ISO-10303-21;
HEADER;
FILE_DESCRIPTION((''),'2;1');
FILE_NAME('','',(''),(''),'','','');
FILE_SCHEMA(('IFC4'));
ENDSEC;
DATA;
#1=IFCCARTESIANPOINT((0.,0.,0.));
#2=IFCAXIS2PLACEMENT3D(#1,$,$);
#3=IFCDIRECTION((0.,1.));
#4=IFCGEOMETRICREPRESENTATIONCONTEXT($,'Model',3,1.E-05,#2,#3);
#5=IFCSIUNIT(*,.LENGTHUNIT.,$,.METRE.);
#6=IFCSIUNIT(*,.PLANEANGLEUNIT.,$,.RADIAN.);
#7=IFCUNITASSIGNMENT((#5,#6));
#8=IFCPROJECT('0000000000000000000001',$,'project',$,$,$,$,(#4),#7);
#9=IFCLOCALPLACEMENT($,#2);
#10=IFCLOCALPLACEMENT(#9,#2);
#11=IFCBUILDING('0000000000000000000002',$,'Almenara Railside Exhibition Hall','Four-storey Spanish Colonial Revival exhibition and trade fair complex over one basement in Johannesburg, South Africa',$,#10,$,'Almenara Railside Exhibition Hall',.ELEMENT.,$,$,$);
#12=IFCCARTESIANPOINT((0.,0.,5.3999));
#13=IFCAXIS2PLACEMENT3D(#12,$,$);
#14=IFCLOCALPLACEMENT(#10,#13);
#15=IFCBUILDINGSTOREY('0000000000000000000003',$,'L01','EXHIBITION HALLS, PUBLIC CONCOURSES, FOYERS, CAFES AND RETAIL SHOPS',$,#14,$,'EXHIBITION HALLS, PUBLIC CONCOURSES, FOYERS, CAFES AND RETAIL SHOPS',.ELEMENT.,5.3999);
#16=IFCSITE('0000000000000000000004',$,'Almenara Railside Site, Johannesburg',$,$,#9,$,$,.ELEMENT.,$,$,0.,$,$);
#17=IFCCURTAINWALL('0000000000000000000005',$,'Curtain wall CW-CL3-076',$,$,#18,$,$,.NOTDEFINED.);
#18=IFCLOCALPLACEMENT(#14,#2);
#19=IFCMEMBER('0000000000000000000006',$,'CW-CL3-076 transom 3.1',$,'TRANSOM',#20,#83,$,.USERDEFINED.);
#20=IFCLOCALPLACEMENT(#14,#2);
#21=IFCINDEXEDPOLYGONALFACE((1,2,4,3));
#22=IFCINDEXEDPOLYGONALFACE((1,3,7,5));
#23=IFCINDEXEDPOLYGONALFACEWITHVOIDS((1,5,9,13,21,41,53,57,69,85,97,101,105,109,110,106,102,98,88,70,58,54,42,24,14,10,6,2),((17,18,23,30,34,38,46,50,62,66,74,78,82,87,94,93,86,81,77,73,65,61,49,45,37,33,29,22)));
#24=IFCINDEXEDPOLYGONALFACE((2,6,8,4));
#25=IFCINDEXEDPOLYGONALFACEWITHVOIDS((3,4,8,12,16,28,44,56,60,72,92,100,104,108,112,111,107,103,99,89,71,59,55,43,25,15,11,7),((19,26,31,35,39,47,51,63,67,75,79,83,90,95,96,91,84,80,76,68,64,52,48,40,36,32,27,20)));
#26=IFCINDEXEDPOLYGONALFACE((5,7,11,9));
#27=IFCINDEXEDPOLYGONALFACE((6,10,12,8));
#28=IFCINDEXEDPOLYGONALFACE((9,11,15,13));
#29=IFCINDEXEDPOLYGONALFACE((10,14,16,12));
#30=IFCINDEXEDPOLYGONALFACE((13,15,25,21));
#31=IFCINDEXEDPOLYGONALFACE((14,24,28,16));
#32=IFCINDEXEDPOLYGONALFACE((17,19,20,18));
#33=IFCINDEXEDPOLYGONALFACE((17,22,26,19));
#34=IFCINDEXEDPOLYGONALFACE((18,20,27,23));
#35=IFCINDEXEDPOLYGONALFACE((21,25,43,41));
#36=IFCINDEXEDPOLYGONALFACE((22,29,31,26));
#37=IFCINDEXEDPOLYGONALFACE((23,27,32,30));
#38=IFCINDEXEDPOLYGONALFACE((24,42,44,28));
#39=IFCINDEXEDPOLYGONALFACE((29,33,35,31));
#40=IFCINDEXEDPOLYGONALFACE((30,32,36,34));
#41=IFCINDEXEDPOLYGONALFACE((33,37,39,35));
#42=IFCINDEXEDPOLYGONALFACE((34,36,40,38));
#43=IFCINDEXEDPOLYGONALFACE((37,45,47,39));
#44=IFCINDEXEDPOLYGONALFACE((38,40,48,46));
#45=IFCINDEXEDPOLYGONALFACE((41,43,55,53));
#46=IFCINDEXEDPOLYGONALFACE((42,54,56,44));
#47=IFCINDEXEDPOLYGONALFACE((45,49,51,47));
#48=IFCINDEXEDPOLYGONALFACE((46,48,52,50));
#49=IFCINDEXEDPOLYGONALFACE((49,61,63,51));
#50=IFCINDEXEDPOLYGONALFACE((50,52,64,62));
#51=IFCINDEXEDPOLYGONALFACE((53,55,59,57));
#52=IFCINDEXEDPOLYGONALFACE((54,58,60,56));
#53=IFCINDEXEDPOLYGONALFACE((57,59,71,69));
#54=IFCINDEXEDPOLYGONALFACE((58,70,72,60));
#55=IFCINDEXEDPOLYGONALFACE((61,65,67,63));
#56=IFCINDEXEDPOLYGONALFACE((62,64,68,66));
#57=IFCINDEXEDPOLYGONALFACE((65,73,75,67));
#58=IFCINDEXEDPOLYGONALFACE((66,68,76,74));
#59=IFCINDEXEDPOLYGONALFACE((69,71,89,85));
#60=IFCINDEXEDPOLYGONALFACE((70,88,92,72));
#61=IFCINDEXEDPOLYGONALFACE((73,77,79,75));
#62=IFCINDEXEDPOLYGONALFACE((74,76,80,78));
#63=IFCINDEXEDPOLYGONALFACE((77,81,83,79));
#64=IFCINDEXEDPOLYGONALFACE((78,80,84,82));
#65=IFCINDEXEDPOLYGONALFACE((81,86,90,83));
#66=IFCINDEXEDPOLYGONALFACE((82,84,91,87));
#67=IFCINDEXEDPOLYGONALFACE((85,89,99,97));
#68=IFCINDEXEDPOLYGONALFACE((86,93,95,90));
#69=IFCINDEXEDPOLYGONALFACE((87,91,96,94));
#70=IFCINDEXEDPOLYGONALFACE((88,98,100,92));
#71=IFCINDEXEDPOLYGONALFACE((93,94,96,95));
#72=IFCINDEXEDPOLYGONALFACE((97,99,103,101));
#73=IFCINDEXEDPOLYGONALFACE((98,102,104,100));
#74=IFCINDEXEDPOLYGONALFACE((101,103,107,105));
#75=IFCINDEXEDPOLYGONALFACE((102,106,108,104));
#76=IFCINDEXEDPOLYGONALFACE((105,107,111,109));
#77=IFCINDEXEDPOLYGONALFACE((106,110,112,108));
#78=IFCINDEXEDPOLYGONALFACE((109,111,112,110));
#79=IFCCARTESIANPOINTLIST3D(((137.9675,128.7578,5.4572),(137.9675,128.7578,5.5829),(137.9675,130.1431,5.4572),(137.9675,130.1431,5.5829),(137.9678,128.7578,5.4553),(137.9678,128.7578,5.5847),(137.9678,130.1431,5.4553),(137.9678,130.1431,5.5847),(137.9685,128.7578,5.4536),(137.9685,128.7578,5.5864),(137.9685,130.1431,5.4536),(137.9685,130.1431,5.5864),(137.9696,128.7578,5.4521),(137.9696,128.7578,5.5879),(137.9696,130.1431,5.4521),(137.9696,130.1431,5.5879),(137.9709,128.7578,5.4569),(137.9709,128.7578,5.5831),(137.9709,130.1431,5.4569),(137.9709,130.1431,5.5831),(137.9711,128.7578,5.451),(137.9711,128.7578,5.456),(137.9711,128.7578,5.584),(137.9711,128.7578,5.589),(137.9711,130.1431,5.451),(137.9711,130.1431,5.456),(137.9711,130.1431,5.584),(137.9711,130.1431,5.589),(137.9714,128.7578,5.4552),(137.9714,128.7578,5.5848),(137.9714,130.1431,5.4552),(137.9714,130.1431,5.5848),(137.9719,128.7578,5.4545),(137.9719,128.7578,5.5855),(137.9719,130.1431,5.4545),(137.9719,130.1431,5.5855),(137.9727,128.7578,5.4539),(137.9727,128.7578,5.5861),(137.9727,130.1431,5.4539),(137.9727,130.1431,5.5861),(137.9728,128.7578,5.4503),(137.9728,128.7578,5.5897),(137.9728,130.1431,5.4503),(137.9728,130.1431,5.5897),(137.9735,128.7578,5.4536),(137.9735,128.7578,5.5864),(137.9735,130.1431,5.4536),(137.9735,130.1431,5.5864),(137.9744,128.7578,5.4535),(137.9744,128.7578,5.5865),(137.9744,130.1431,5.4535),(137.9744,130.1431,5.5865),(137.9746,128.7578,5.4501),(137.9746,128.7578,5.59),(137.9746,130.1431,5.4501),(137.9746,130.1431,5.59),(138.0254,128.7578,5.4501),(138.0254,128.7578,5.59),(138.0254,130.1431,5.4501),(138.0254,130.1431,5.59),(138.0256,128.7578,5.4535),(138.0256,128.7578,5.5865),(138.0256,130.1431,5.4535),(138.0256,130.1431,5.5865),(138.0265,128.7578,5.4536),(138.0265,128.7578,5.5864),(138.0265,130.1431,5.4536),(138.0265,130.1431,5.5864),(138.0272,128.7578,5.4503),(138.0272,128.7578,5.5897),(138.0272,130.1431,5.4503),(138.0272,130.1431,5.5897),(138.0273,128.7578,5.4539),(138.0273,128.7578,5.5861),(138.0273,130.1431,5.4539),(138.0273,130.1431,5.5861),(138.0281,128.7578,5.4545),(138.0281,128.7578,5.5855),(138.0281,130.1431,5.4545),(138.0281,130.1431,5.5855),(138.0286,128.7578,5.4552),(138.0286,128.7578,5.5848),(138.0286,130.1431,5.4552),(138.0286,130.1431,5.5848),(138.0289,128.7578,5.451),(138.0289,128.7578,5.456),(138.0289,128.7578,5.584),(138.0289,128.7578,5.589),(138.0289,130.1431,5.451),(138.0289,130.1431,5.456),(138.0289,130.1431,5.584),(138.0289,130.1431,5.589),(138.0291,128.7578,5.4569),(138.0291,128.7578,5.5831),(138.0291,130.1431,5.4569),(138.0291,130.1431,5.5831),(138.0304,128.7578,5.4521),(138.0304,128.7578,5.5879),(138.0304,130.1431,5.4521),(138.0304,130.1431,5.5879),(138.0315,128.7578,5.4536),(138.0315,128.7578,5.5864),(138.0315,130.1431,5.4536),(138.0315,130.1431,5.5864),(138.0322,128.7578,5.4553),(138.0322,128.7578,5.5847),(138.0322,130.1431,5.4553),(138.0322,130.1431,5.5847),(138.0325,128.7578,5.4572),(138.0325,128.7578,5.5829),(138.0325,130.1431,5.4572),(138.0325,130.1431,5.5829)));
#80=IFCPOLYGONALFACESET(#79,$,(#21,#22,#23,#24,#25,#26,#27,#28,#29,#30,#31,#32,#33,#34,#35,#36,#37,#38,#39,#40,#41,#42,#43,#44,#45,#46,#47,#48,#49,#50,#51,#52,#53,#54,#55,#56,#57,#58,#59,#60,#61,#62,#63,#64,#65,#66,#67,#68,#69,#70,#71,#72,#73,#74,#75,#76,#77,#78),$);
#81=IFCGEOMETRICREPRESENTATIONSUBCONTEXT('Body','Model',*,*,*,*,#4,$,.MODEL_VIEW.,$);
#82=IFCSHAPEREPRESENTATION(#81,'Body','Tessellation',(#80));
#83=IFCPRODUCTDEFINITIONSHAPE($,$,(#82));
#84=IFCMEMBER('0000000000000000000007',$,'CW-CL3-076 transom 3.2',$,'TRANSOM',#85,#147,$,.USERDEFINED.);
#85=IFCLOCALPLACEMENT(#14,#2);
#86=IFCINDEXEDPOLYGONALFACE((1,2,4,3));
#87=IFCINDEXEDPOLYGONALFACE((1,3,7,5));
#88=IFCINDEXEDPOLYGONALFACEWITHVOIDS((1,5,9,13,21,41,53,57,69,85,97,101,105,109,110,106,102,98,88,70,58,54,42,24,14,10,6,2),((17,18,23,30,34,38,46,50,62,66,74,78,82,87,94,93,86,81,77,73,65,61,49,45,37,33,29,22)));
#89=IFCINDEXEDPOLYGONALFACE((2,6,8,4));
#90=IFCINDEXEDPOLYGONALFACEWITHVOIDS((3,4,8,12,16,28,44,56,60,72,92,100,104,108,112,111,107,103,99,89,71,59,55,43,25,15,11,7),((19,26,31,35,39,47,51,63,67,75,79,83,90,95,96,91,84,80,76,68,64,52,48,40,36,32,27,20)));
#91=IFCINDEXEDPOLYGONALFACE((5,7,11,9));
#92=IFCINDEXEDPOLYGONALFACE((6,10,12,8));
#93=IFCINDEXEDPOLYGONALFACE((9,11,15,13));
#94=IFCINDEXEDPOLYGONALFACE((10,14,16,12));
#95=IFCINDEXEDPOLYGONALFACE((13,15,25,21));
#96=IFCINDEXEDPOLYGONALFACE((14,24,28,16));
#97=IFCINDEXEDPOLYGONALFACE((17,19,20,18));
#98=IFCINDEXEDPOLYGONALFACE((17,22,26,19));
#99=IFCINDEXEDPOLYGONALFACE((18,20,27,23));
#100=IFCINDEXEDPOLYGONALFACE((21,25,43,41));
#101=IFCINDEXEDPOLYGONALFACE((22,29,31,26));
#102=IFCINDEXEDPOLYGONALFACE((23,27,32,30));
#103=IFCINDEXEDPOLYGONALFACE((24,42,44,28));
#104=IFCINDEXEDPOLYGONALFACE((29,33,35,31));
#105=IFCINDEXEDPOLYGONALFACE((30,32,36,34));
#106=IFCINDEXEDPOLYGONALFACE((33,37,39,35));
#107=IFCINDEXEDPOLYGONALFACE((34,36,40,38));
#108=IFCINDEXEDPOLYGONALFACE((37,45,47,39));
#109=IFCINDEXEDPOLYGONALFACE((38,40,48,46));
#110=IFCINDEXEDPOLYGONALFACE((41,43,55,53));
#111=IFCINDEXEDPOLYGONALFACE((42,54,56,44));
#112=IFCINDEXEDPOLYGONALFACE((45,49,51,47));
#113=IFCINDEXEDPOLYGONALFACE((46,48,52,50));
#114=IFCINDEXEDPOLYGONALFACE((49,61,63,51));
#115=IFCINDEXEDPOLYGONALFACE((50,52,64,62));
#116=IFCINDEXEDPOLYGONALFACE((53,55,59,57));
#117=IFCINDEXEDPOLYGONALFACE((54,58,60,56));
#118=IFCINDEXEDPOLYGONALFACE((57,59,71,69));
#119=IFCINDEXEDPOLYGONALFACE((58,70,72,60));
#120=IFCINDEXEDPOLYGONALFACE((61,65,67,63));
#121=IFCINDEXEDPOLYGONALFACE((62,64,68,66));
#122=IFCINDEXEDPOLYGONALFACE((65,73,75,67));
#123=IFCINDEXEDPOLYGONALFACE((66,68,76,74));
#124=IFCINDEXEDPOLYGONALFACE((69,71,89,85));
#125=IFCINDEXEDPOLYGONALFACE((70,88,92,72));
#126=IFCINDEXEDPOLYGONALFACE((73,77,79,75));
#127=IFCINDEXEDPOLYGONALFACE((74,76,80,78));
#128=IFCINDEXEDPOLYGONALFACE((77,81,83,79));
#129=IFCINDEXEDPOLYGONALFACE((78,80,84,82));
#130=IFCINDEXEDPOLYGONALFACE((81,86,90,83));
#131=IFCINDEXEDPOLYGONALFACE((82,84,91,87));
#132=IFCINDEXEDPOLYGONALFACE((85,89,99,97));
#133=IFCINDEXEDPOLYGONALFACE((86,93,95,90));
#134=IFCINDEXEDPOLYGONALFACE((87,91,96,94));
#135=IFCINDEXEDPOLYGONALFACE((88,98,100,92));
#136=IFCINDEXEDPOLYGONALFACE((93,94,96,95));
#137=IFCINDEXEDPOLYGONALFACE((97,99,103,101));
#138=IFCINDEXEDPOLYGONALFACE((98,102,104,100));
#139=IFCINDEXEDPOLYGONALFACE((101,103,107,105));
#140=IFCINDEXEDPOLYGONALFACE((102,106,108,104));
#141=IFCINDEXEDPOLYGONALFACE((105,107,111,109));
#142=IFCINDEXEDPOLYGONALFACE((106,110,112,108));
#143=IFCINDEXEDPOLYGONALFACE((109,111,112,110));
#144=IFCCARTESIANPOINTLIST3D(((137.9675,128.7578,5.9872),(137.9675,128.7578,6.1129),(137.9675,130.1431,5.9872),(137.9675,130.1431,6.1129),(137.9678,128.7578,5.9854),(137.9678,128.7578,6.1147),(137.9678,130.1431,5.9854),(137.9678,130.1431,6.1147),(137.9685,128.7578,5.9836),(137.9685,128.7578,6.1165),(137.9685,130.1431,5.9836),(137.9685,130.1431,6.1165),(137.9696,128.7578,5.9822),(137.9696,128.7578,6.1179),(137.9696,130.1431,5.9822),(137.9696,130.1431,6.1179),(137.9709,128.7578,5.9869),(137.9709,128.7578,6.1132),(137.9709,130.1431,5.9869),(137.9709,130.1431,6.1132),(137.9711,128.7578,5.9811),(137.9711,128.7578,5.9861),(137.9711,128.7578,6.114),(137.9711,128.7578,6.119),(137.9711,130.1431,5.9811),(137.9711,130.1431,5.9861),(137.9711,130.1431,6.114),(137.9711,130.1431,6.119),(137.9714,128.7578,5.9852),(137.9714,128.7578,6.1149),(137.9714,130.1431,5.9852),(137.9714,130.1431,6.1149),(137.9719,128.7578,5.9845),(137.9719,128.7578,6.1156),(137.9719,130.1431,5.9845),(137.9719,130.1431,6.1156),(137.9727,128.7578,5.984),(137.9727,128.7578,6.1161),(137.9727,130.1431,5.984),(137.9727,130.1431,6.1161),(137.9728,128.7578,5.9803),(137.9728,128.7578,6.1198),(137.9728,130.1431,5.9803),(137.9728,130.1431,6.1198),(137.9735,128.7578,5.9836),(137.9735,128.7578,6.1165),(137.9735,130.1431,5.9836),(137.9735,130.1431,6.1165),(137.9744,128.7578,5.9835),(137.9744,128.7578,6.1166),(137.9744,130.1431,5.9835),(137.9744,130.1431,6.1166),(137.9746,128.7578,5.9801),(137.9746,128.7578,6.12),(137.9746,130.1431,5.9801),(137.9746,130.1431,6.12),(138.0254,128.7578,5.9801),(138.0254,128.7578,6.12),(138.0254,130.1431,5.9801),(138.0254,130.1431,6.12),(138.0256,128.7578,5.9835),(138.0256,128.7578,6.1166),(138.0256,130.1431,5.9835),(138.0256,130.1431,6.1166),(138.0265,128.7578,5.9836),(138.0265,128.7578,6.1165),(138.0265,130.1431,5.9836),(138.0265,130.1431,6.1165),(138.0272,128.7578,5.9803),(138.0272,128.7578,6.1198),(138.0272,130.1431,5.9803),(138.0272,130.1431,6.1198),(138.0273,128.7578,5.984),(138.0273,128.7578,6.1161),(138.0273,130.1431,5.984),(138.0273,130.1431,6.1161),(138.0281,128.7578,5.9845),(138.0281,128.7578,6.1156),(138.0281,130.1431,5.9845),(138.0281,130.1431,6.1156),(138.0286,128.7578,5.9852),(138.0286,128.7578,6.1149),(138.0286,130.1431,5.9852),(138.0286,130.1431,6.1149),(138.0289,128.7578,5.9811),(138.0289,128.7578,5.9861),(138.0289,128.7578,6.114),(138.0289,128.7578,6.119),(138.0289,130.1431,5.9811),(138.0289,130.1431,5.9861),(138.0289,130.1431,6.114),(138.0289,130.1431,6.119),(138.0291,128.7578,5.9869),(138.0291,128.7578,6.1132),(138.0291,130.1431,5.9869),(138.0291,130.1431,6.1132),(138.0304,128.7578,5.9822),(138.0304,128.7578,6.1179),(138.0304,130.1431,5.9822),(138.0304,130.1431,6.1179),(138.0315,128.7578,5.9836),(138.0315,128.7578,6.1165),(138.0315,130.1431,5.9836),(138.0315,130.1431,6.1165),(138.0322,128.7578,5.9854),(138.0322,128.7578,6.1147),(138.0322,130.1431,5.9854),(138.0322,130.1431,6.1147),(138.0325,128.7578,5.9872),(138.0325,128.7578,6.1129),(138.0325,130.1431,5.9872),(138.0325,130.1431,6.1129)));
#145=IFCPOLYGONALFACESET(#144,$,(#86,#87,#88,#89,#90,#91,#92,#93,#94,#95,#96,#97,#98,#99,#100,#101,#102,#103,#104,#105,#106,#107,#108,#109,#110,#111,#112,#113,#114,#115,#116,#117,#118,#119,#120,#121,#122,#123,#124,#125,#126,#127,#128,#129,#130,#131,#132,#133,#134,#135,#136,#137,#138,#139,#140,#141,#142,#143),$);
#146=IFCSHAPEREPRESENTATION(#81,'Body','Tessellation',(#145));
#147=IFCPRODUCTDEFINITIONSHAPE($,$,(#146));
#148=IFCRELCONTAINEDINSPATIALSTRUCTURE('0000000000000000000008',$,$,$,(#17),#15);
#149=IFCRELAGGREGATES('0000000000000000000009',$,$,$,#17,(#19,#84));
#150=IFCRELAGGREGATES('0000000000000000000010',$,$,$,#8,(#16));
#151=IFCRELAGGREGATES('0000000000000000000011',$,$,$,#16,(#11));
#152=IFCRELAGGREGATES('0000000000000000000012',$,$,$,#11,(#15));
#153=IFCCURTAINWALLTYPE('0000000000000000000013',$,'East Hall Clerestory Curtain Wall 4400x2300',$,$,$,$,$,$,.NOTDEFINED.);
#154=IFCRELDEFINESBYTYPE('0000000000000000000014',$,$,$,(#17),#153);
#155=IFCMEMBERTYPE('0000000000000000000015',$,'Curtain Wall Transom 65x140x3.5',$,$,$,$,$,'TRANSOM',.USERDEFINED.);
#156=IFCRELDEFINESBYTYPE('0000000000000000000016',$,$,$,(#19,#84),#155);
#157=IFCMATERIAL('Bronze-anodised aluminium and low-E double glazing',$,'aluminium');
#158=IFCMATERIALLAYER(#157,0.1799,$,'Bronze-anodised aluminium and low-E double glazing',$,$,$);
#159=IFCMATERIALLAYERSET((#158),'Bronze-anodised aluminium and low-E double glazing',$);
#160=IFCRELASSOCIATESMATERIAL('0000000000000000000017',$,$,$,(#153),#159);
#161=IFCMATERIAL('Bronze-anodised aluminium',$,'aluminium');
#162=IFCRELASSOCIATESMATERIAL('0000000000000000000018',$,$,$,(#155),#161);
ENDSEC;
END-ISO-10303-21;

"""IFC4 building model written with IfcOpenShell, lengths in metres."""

from ifc_helpers import new_model, si_unit, direction, frame, origin, origin_2d, place, context, subcontext, project, spatial, hollow_rectangle, extrude, material, layer, layer_set, material_profile, profile_set, type_object, element, aggregate, save


model = new_model("IFC4")

# Units and contexts
model_context = context("Model", 3, precision=1e-05, world=origin(), true_north=direction((0.0, 1.0)))
body_context = subcontext(model_context, "Body", "Model", "MODEL_VIEW")
ifc_project = project(units=[si_unit("LENGTHUNIT", "METRE"), si_unit("PLANEANGLEUNIT", "RADIAN")], contexts=[model_context])

# Site, building, storey
site_placement = place(None, origin())
site = spatial("IfcSite", under=ifc_project, at=site_placement, Name="Almenara Railside Site, Johannesburg", CompositionType="ELEMENT", RefElevation=0.0)
building_placement = place(site_placement, origin())
building = spatial("IfcBuilding", under=site, at=building_placement, Name="Almenara Railside Exhibition Hall", Description="Four-storey Spanish Colonial Revival exhibition and trade fair complex over one basement in Johannesburg, South Africa", LongName="Almenara Railside Exhibition Hall", CompositionType="ELEMENT")
storey_placement = place(building_placement, frame((0.0, 0.0, 5.3999)))
storey = spatial("IfcBuildingStorey", under=building, at=storey_placement, Name="L01", Description="EXHIBITION HALLS, PUBLIC CONCOURSES, FOYERS, CAFES AND RETAIL SHOPS", LongName="EXHIBITION HALLS, PUBLIC CONCOURSES, FOYERS, CAFES AND RETAIL SHOPS", CompositionType="ELEMENT", Elevation=5.3999)

# Curtain wall, members
ifc_material_1 = material(Name="Bronze-anodised aluminium and low-E double glazing", Category="aluminium")
ifc_layer_1 = layer(ifc_material_1, 0.1799, Name="Bronze-anodised aluminium and low-E double glazing")
ifc_layer_set_1 = layer_set([ifc_layer_1], Name="Bronze-anodised aluminium and low-E double glazing")
curtain_wall_type = type_object("IfcCurtainWallType", Name="East Hall Clerestory Curtain Wall 4400x2300", PredefinedType="NOTDEFINED", material=ifc_layer_set_1)
curtain_wall_placement = place(storey_placement, origin())
curtain_wall = element("IfcCurtainWall", 1, at=curtain_wall_placement, inside=storey, type_object=curtain_wall_type, Name="Curtain wall CW-CL3-076", PredefinedType="NOTDEFINED")
ifc_material_2 = material(Name="Bronze-anodised aluminium", Category="aluminium")
ifc_material_profile_1 = material_profile(ifc_material_2, hollow_rectangle(XDim=0.0649, YDim=0.1399, WallThickness=0.0034, InnerFilletRadius=0.0034, OuterFilletRadius=0.0071, at=origin_2d()), Name="ALU-TRN 65x140x3.5")
ifc_profile_set_1 = profile_set([ifc_material_profile_1], Name="Bronze-anodised aluminium")
member_type_1 = type_object("IfcMemberType", Name="Curtain Wall Transom 65x140x3.5", ElementType="TRANSOM", PredefinedType="USERDEFINED", material=ifc_profile_set_1)
member_1_placement = place(storey_placement, frame((138.0, 128.7578, 5.52), z_axis=(0.0, 1.0, 0.0), x_axis=(-1.0, 0.0, 0.0)))
member_1 = element("IfcMember", 2, at=member_1_placement, type_object=member_type_1, Name="CW-CL3-076 transom 3.1", ObjectType="TRANSOM", PredefinedType="USERDEFINED", context=body_context, shape_type="SweptSolid", body=[
    extrude(hollow_rectangle(XDim=0.0649, YDim=0.1399, WallThickness=0.0034, InnerFilletRadius=0.0034, OuterFilletRadius=0.0071, at=origin_2d()), origin(), (0.0, 0.0, 1.0), 1.3853),
])
member_2_placement = place(storey_placement, frame((138.0, 128.7578, 6.05), z_axis=(0.0, 1.0, 0.0), x_axis=(-1.0, 0.0, 0.0)))
member_2 = element("IfcMember", 3, at=member_2_placement, type_object=member_type_1, Name="CW-CL3-076 transom 3.2", ObjectType="TRANSOM", PredefinedType="USERDEFINED", context=body_context, shape_type="SweptSolid", body=[
    extrude(hollow_rectangle(XDim=0.0649, YDim=0.1399, WallThickness=0.0034, InnerFilletRadius=0.0034, OuterFilletRadius=0.0071, at=origin_2d()), origin(), (0.0, 0.0, 1.0), 1.3853),
])

aggregate(curtain_wall, [member_1, member_2])

save(model, "model.ifc")
